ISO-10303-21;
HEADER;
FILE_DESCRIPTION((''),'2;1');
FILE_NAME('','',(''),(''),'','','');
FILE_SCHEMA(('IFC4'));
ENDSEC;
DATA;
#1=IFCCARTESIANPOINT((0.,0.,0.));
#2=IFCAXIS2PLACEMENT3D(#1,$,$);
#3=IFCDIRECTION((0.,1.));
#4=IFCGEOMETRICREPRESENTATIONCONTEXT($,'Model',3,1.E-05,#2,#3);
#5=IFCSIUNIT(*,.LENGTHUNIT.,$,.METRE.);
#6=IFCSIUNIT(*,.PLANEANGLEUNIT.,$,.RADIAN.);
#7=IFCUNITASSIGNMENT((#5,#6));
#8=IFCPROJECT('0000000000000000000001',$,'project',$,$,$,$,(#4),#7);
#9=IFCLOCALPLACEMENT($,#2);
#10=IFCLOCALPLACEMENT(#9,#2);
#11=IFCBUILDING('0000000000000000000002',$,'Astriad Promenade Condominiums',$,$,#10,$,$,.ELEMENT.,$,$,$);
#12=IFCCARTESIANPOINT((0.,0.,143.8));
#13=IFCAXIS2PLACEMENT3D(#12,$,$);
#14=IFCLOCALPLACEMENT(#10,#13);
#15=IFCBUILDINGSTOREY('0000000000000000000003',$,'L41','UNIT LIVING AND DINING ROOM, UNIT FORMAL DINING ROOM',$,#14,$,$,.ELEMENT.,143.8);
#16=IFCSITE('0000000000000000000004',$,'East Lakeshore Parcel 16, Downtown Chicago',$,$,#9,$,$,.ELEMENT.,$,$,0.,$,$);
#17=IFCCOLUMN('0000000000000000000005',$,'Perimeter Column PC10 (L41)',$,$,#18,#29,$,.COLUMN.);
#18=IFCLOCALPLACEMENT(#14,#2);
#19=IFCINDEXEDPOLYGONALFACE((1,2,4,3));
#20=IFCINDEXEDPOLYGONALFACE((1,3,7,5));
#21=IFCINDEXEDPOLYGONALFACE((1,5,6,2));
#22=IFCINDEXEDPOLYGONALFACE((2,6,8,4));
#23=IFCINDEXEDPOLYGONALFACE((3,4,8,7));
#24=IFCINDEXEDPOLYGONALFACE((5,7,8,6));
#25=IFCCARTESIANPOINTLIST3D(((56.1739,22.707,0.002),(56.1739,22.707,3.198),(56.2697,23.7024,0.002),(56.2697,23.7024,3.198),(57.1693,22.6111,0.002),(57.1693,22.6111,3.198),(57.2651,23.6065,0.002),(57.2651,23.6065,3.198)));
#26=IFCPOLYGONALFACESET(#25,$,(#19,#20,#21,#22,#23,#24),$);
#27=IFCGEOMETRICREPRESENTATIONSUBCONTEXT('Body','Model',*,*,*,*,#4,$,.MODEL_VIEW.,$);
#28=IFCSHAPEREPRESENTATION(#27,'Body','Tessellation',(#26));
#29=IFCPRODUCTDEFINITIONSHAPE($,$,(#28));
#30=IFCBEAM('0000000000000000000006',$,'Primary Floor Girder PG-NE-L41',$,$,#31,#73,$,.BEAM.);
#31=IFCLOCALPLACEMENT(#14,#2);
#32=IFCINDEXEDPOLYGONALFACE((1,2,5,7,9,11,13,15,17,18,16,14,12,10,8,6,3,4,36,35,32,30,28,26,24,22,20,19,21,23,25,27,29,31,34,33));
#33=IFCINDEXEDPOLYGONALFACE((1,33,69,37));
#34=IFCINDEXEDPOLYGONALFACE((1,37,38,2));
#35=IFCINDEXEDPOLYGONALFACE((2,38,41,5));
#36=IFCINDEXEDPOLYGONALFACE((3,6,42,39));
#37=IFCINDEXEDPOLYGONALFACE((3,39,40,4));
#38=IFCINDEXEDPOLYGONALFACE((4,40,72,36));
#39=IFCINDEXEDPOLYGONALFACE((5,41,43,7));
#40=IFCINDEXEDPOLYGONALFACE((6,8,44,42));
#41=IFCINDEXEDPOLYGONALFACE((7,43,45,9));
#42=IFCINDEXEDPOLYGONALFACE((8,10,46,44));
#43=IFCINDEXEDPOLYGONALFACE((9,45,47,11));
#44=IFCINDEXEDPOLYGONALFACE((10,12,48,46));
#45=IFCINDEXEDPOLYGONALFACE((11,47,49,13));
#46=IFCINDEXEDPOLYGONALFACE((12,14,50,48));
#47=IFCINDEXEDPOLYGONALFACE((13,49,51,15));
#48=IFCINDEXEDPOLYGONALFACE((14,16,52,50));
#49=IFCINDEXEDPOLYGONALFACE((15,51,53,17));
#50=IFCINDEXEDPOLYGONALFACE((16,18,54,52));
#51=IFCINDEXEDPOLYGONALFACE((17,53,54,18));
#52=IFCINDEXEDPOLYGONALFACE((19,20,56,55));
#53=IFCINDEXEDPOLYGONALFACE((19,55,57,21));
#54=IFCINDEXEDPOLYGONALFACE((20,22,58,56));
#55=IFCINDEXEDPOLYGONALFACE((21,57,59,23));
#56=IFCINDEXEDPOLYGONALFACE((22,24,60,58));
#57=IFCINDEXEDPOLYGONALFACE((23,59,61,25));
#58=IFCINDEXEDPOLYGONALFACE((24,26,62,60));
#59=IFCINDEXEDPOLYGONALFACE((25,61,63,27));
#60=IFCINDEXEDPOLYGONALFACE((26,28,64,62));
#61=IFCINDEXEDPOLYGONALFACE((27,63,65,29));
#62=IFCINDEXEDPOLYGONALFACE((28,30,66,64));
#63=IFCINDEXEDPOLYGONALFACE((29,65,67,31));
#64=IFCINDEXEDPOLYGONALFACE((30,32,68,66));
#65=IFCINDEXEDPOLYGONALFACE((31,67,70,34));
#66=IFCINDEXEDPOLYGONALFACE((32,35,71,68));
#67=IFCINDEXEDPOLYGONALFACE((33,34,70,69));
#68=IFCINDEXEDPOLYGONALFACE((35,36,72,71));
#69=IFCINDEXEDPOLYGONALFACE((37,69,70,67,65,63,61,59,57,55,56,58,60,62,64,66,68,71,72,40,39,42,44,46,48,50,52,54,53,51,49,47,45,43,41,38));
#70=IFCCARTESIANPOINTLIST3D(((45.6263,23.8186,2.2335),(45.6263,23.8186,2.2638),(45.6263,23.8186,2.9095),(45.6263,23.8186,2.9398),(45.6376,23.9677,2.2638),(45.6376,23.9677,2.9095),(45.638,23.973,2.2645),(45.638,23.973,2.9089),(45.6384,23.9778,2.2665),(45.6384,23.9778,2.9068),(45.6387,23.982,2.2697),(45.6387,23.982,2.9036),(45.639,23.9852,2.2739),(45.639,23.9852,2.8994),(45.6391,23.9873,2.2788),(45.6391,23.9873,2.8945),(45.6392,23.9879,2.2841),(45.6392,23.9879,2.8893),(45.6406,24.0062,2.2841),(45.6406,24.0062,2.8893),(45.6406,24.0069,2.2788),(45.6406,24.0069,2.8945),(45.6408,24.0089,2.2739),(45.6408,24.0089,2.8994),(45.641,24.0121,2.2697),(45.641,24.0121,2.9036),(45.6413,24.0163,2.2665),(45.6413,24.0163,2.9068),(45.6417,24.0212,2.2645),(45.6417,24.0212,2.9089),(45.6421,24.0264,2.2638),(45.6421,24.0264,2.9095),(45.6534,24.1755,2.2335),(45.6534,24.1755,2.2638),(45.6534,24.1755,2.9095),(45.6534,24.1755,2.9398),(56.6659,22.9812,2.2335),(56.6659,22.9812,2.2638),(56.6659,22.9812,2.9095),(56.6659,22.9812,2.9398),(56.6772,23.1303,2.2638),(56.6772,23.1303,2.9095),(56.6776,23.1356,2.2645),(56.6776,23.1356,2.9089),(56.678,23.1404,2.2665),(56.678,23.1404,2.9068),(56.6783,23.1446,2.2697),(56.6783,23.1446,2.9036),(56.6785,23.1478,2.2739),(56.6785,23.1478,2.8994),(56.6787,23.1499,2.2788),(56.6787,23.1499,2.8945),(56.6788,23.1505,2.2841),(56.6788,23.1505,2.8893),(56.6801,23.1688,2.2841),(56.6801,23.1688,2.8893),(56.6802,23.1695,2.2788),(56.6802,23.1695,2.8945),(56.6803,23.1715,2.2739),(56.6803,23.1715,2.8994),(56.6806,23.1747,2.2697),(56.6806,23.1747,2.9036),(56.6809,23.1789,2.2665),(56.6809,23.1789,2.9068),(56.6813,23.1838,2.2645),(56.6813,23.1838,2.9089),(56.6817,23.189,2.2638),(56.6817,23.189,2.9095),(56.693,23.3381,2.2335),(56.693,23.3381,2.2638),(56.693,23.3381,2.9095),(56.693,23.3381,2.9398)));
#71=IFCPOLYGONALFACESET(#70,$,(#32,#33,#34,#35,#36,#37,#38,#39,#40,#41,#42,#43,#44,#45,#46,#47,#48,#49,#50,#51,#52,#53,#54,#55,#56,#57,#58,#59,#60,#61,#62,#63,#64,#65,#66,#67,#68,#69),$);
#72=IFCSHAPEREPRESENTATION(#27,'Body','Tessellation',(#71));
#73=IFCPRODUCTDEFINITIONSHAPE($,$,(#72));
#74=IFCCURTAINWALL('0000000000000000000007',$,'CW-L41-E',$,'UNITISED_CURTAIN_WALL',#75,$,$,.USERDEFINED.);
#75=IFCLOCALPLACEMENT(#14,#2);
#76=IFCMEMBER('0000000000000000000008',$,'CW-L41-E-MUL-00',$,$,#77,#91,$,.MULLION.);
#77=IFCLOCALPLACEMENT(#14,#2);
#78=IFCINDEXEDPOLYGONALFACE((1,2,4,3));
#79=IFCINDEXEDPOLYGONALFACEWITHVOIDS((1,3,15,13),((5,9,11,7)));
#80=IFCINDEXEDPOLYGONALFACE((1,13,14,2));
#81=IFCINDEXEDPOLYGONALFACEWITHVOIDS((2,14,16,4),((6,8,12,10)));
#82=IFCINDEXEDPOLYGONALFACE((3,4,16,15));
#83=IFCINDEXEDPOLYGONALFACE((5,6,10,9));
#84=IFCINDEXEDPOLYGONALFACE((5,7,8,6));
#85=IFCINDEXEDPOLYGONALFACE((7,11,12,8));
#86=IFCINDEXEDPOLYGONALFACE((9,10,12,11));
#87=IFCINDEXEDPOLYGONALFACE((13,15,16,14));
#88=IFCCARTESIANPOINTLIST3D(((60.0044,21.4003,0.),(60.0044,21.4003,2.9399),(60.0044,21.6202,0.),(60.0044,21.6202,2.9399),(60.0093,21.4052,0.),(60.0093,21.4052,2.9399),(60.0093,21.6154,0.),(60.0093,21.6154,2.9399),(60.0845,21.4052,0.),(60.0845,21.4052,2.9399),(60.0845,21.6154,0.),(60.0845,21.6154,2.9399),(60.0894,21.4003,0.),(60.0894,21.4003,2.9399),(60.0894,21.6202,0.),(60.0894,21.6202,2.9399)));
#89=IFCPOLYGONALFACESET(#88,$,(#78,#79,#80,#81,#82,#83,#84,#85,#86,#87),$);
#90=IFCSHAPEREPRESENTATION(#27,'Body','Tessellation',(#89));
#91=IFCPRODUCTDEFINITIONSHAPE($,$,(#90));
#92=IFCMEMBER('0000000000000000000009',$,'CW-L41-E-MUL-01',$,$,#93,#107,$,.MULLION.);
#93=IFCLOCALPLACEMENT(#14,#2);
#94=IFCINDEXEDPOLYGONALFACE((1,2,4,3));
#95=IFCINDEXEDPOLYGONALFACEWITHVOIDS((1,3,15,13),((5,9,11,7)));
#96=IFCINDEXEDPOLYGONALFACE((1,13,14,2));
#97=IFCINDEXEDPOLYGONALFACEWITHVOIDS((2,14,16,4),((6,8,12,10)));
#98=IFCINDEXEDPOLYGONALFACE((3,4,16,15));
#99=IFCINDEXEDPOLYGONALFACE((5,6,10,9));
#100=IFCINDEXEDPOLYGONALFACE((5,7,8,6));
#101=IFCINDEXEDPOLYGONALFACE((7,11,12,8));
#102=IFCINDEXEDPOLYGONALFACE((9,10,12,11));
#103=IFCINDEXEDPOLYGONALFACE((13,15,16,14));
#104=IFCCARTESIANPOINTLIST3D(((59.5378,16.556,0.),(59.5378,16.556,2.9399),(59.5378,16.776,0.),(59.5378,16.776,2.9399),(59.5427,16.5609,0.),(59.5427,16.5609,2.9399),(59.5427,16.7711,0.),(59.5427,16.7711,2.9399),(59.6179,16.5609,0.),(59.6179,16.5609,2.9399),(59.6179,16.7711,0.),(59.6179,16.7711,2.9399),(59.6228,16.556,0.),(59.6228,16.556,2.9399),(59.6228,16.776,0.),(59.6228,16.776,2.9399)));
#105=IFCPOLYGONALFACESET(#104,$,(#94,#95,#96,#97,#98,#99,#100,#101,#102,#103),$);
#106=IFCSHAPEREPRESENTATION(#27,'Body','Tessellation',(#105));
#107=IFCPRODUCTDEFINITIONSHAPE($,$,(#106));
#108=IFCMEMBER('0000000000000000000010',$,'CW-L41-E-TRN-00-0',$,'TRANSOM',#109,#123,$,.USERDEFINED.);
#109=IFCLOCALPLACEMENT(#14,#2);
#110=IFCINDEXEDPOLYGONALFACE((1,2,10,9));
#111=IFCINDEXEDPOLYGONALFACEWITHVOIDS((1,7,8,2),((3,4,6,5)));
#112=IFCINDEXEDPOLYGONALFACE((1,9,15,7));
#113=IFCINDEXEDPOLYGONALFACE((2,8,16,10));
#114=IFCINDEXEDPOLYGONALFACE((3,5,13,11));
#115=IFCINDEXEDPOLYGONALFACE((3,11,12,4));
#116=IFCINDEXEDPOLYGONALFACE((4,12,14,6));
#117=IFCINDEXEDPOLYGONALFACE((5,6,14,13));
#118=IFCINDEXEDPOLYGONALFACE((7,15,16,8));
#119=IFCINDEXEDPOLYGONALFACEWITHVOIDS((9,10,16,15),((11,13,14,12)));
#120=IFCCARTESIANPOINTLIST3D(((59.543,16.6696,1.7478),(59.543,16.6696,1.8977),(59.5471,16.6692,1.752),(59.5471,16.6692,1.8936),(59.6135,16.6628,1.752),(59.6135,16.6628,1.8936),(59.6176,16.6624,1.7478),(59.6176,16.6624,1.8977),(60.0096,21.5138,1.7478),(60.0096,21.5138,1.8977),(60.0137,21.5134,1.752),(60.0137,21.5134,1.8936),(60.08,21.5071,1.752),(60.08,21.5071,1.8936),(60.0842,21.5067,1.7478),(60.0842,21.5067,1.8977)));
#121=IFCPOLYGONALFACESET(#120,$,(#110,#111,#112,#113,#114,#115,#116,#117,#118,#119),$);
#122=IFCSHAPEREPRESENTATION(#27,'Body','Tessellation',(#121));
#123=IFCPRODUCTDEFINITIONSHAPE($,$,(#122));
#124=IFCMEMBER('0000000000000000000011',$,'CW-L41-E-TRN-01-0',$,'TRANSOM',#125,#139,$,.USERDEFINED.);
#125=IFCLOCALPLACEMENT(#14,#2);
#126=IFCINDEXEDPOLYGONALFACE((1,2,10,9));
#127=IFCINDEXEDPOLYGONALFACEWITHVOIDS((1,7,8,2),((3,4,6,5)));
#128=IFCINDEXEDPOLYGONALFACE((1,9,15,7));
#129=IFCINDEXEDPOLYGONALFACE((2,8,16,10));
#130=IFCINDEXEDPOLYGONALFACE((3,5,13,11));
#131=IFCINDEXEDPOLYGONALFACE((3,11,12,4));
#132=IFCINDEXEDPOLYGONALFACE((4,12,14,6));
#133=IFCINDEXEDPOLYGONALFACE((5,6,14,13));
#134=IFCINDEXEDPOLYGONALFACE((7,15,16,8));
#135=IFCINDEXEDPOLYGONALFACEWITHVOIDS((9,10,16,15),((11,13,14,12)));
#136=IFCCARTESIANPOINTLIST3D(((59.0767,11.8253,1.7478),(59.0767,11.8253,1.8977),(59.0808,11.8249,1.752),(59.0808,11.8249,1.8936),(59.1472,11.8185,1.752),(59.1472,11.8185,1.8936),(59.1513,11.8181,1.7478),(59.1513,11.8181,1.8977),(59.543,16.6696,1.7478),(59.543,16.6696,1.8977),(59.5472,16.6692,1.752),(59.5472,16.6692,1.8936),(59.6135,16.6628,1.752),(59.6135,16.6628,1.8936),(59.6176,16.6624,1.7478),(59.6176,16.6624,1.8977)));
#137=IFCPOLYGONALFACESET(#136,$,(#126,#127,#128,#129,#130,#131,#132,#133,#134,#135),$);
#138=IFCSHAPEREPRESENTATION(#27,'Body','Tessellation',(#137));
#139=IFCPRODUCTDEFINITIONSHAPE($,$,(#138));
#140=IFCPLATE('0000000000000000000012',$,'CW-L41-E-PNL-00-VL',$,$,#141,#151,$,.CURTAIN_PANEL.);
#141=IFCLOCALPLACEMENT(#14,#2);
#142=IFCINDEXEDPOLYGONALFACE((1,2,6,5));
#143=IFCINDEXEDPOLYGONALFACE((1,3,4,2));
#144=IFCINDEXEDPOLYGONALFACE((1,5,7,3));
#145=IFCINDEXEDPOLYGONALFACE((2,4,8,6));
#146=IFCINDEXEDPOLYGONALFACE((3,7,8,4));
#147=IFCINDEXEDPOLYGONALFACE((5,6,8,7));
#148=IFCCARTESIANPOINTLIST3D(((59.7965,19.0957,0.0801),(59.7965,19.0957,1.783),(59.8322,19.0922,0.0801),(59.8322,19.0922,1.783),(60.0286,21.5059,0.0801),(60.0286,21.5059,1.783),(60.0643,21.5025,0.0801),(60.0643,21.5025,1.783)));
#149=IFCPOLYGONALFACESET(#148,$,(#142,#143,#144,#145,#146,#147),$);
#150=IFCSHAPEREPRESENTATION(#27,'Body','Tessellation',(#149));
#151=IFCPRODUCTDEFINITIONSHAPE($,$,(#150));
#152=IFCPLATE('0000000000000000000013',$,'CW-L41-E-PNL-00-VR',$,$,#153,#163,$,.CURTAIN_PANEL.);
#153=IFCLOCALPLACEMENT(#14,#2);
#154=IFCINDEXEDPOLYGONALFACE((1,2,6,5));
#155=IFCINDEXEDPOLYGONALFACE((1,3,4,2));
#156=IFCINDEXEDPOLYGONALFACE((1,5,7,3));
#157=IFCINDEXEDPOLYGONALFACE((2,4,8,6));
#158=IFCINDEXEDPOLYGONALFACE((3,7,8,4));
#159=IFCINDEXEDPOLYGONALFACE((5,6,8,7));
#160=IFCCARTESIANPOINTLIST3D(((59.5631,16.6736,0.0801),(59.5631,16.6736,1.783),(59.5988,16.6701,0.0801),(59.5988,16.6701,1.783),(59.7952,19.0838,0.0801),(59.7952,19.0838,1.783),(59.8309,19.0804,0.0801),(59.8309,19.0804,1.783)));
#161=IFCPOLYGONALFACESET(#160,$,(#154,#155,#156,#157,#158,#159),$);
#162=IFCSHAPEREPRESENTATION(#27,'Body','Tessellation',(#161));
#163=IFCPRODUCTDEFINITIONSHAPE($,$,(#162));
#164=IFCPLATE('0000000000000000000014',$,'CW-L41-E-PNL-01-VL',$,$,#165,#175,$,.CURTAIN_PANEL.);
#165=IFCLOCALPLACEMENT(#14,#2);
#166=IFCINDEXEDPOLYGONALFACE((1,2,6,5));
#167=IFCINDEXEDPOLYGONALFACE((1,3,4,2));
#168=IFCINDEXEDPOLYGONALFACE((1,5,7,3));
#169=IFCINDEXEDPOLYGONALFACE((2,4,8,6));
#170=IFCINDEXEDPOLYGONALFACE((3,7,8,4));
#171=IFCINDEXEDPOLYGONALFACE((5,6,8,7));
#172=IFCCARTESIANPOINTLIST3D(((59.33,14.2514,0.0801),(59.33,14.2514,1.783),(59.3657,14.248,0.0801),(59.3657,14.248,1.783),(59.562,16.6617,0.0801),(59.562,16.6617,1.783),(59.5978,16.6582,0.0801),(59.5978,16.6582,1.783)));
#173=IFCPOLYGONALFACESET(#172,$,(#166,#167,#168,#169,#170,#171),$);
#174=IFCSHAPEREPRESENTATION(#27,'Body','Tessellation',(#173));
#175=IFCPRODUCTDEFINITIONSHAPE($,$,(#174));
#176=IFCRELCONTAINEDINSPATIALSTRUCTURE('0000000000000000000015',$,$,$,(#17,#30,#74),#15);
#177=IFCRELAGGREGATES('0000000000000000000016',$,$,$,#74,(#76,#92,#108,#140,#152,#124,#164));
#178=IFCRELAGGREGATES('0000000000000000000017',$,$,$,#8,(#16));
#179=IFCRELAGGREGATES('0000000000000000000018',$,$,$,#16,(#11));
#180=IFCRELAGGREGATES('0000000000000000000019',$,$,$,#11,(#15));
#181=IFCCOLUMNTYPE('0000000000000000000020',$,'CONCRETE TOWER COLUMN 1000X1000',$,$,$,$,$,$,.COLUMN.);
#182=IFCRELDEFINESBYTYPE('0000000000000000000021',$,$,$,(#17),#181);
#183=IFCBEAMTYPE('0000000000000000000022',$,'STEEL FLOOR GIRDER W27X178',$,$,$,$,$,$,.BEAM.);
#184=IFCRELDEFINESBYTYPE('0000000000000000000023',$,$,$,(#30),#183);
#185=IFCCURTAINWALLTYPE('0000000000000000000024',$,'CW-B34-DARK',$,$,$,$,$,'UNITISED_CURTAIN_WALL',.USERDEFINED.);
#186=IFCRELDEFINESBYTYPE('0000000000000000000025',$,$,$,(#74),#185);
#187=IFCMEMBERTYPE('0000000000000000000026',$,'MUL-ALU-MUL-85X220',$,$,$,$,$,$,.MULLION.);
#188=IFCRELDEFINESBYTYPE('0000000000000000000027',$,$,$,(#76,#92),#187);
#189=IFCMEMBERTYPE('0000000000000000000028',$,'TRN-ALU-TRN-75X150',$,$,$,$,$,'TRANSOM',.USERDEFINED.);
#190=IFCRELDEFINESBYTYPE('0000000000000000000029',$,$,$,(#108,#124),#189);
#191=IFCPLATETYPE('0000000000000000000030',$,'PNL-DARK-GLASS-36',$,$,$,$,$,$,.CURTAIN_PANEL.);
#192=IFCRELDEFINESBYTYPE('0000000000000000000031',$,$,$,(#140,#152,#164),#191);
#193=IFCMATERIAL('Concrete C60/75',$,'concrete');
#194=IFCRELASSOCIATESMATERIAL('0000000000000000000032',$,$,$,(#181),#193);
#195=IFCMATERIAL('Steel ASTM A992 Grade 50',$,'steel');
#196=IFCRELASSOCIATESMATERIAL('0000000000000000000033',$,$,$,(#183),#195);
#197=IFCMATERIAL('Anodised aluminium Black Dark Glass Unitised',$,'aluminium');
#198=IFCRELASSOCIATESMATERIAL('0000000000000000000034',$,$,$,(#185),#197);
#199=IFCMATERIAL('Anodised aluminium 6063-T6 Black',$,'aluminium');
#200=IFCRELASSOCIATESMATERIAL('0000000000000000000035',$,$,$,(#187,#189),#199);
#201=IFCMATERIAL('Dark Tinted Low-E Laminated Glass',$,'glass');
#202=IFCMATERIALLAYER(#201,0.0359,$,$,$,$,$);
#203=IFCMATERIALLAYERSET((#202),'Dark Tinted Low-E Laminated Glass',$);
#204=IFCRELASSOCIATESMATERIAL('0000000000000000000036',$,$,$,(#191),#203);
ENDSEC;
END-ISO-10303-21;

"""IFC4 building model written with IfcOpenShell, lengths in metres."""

from ifc_helpers import new_model, si_unit, direction, frame, origin, origin_2d, place, context, subcontext, project, spatial, rectangle, hollow_rectangle, i_section, extrude, source, transform, mapped, material, layer, layer_set, material_profile, profile_set, type_object, type_shapes, element, aggregate, save


model = new_model("IFC4")

# Units and contexts
model_context = context("Model", 3, precision=1e-05, world=origin(), true_north=direction((0.0, 1.0)))
body_context = subcontext(model_context, "Body", "Model", "MODEL_VIEW")
ifc_project = project(units=[si_unit("LENGTHUNIT", "METRE"), si_unit("PLANEANGLEUNIT", "RADIAN")], contexts=[model_context])

# Site, building, storey
site_placement = place(None, origin())
site = spatial("IfcSite", under=ifc_project, at=site_placement, Name="East Lakeshore Parcel 16, Downtown Chicago", CompositionType="ELEMENT", RefElevation=0.0)
building_placement = place(site_placement, origin())
building = spatial("IfcBuilding", under=site, at=building_placement, Name="Astriad Promenade Condominiums", CompositionType="ELEMENT")
storey_placement = place(building_placement, frame((0.0, 0.0, 143.8)))
storey = spatial("IfcBuildingStorey", under=building, at=storey_placement, Name="L41", Description="UNIT LIVING AND DINING ROOM, UNIT FORMAL DINING ROOM", CompositionType="ELEMENT", Elevation=143.8)

# Column
ifc_material_1 = material(Name="Concrete C60/75", Category="concrete")
ifc_material_profile_1 = material_profile(ifc_material_1, rectangle(XDim=1.0, YDim=1.0, at=origin_2d()), Name="RC-COL-1000X1000")
ifc_profile_set_1 = profile_set([ifc_material_profile_1], Name="Concrete C60/75")
column_type = type_object("IfcColumnType", Name="CONCRETE TOWER COLUMN 1000X1000", PredefinedType="COLUMN", material=ifc_profile_set_1)
shared_shape_1 = source(origin(), body_context, "Body", "SweptSolid", [
    extrude(rectangle(XDim=1.0, YDim=1.0, at=origin_2d()), origin(), (0.0, 0.0, 1.0), 3.196),
])
type_shapes(column_type, [shared_shape_1])
column_placement = place(storey_placement, frame((56.7195, 23.1567, 0.002), z_axis=(0.0, 0.0, 1.0), x_axis=(0.995396, -0.095846, 0.0)))
element("IfcColumn", 1, at=column_placement, inside=storey, type_object=column_type, Name="Perimeter Column PC10 (L41)", PredefinedType="COLUMN", context=body_context, shape_type="MappedRepresentation", body=[
    mapped(shared_shape_1, transform((0.0, 0.0, 0.0), scale=1.0)),
])

# Beam
ifc_material_2 = material(Name="Steel ASTM A992 Grade 50", Category="steel")
ifc_material_profile_2 = material_profile(ifc_material_2, i_section(OverallWidth=0.3579, OverallDepth=0.7063, WebThickness=0.0183, FlangeThickness=0.0303, FilletRadius=0.0203, at=origin_2d()), Name="W27X178")
ifc_profile_set_2 = profile_set([ifc_material_profile_2], Name="Steel ASTM A992 Grade 50")
beam_type = type_object("IfcBeamType", Name="STEEL FLOOR GIRDER W27X178", PredefinedType="BEAM", material=ifc_profile_set_2)
shared_shape_2 = source(origin(), body_context, "Body", "SweptSolid", [
    extrude(i_section(OverallWidth=0.3579, OverallDepth=0.7063, WebThickness=0.0183, FlangeThickness=0.0303, FilletRadius=0.0203, at=origin_2d()), origin(), (0.0, 0.0, 1.0), 11.0713),
])
type_shapes(beam_type, [shared_shape_2])
beam_placement = place(storey_placement, frame((56.6794, 23.1597, 2.5867), z_axis=(-0.997135, 0.075637, 0.0), x_axis=(-0.075637, -0.997135, 0.0)))
element("IfcBeam", 2, at=beam_placement, inside=storey, type_object=beam_type, Name="Primary Floor Girder PG-NE-L41", PredefinedType="BEAM", context=body_context, shape_type="MappedRepresentation", body=[
    mapped(shared_shape_2, transform((0.0, 0.0, 0.0), scale=1.0)),
])

# Curtain wall, members, plates
ifc_material_3 = material(Name="Anodised aluminium Black Dark Glass Unitised", Category="aluminium")
curtain_wall_type = type_object("IfcCurtainWallType", Name="CW-B34-DARK", ElementType="UNITISED_CURTAIN_WALL", PredefinedType="USERDEFINED", material=ifc_material_3)
curtain_wall_placement = place(storey_placement, origin())
curtain_wall = element("IfcCurtainWall", 3, at=curtain_wall_placement, inside=storey, type_object=curtain_wall_type, Name="CW-L41-E", ObjectType="UNITISED_CURTAIN_WALL", PredefinedType="USERDEFINED")
ifc_material_4 = material(Name="Anodised aluminium 6063-T6 Black", Category="aluminium")
ifc_material_profile_3 = material_profile(ifc_material_4, hollow_rectangle(XDim=0.085, YDim=0.22, WallThickness=0.0049, at=origin_2d()), Name="ALU-MUL-85X220")
ifc_profile_set_3 = profile_set([ifc_material_profile_3], Name="Anodised aluminium 6063-T6 Black")
member_type_1 = type_object("IfcMemberType", Name="MUL-ALU-MUL-85X220", PredefinedType="MULLION", material=ifc_profile_set_3)
shared_shape_3 = source(origin(), body_context, "Body", "SweptSolid", [
    extrude(hollow_rectangle(XDim=0.085, YDim=0.22, WallThickness=0.0049, at=origin_2d()), origin(), (0.0, 0.0, 1.0), 2.9399),
])
type_shapes(member_type_1, [shared_shape_3])
member_1_placement = place(storey_placement, frame((60.0469, 21.5103, 0.0), z_axis=(0.0, 0.0, 1.0), x_axis=(1.0, 0.0, 0.0)))
member_1 = element("IfcMember", 4, at=member_1_placement, type_object=member_type_1, Name="CW-L41-E-MUL-00", PredefinedType="MULLION", context=body_context, shape_type="MappedRepresentation", body=[
    mapped(shared_shape_3, transform((0.0, 0.0, 0.0), scale=1.0)),
])
member_2_placement = place(storey_placement, frame((59.5803, 16.666, 0.0), z_axis=(0.0, 0.0, 1.0), x_axis=(1.0, 0.0, 0.0)))
member_2 = element("IfcMember", 5, at=member_2_placement, type_object=member_type_1, Name="CW-L41-E-MUL-01", PredefinedType="MULLION", context=body_context, shape_type="MappedRepresentation", body=[
    mapped(shared_shape_3, transform((0.0, 0.0, 0.0), scale=1.0)),
])
ifc_material_profile_4 = material_profile(ifc_material_4, hollow_rectangle(XDim=0.075, YDim=0.1499, WallThickness=0.0042, at=origin_2d()), Name="ALU-TRN-75X150")
ifc_profile_set_4 = profile_set([ifc_material_profile_4], Name="Anodised aluminium 6063-T6 Black")
member_type_2 = type_object("IfcMemberType", Name="TRN-ALU-TRN-75X150", ElementType="TRANSOM", PredefinedType="USERDEFINED", material=ifc_profile_set_4)
shared_shape_4 = source(origin(), body_context, "Body", "SweptSolid", [
    extrude(hollow_rectangle(XDim=0.075, YDim=0.1499, WallThickness=0.0042, at=origin_2d()), origin(), (0.0, 0.0, 1.0), 4.8667),
])
type_shapes(member_type_2, [shared_shape_4])
member_3_placement = place(storey_placement, frame((60.0469, 21.5103, 1.8228), z_axis=(-0.095867, -0.995394, 0.0), x_axis=(0.995394, -0.095867, 0.0)))
member_3 = element("IfcMember", 6, at=member_3_placement, type_object=member_type_2, Name="CW-L41-E-TRN-00-0", ObjectType="TRANSOM", PredefinedType="USERDEFINED", context=body_context, shape_type="MappedRepresentation", body=[
    mapped(shared_shape_4, transform((0.0, 0.0, 0.0), scale=1.0)),
])
member_4_placement = place(storey_placement, frame((59.5803, 16.666, 1.8228), z_axis=(-0.095818, -0.995399, 0.0), x_axis=(0.995399, -0.095818, 0.0)))
member_4 = element("IfcMember", 7, at=member_4_placement, type_object=member_type_2, Name="CW-L41-E-TRN-01-0", ObjectType="TRANSOM", PredefinedType="USERDEFINED", context=body_context, shape_type="MappedRepresentation", body=[
    mapped(shared_shape_4, transform((0.0, 0.0, 0.0), scale=1.0)),
])
ifc_material_5 = material(Name="Dark Tinted Low-E Laminated Glass", Category="glass")
ifc_layer_1 = layer(ifc_material_5, 0.0359)
ifc_layer_set_1 = layer_set([ifc_layer_1], Name="Dark Tinted Low-E Laminated Glass")
plate_type = type_object("IfcPlateType", Name="PNL-DARK-GLASS-36", PredefinedType="CURTAIN_PANEL", material=ifc_layer_set_1)
shared_shape_5 = source(origin(), body_context, "Body", "SweptSolid", [
    extrude(rectangle(XDim=2.4214, YDim=0.0359, at=origin_2d()), origin(), (0.0, 0.0, 1.0), 1.7029),
])
plate_1_placement = place(storey_placement, frame((59.9304, 20.2991, 0.0801), z_axis=(0.0, 0.0, 1.0), x_axis=(-0.095846, -0.995396, 0.0)))
plate_1 = element("IfcPlate", 8, at=plate_1_placement, type_object=plate_type, Name="CW-L41-E-PNL-00-VL", PredefinedType="CURTAIN_PANEL", context=body_context, shape_type="MappedRepresentation", body=[
    mapped(shared_shape_5, transform((0.0, 0.0, 0.0), scale=1.0)),
])
plate_2_placement = place(storey_placement, frame((59.697, 17.877, 0.0801), z_axis=(0.0, 0.0, 1.0), x_axis=(-0.095846, -0.995396, 0.0)))
plate_2 = element("IfcPlate", 9, at=plate_2_placement, type_object=plate_type, Name="CW-L41-E-PNL-00-VR", PredefinedType="CURTAIN_PANEL", context=body_context, shape_type="MappedRepresentation", body=[
    mapped(shared_shape_5, transform((0.0, 0.0, 0.0), scale=1.0)),
])
plate_3_placement = place(storey_placement, frame((59.4639, 15.4548, 0.0801), z_axis=(0.0, 0.0, 1.0), x_axis=(-0.095846, -0.995396, 0.0)))
plate_3 = element("IfcPlate", 10, at=plate_3_placement, type_object=plate_type, Name="CW-L41-E-PNL-01-VL", PredefinedType="CURTAIN_PANEL", context=body_context, shape_type="MappedRepresentation", body=[
    mapped(shared_shape_5, transform((0.0, 0.0, 0.0), scale=1.0)),
])
aggregate(curtain_wall, [member_1, member_2, member_3, plate_1, plate_2, member_4, plate_3])

save(model, "model.ifc")
